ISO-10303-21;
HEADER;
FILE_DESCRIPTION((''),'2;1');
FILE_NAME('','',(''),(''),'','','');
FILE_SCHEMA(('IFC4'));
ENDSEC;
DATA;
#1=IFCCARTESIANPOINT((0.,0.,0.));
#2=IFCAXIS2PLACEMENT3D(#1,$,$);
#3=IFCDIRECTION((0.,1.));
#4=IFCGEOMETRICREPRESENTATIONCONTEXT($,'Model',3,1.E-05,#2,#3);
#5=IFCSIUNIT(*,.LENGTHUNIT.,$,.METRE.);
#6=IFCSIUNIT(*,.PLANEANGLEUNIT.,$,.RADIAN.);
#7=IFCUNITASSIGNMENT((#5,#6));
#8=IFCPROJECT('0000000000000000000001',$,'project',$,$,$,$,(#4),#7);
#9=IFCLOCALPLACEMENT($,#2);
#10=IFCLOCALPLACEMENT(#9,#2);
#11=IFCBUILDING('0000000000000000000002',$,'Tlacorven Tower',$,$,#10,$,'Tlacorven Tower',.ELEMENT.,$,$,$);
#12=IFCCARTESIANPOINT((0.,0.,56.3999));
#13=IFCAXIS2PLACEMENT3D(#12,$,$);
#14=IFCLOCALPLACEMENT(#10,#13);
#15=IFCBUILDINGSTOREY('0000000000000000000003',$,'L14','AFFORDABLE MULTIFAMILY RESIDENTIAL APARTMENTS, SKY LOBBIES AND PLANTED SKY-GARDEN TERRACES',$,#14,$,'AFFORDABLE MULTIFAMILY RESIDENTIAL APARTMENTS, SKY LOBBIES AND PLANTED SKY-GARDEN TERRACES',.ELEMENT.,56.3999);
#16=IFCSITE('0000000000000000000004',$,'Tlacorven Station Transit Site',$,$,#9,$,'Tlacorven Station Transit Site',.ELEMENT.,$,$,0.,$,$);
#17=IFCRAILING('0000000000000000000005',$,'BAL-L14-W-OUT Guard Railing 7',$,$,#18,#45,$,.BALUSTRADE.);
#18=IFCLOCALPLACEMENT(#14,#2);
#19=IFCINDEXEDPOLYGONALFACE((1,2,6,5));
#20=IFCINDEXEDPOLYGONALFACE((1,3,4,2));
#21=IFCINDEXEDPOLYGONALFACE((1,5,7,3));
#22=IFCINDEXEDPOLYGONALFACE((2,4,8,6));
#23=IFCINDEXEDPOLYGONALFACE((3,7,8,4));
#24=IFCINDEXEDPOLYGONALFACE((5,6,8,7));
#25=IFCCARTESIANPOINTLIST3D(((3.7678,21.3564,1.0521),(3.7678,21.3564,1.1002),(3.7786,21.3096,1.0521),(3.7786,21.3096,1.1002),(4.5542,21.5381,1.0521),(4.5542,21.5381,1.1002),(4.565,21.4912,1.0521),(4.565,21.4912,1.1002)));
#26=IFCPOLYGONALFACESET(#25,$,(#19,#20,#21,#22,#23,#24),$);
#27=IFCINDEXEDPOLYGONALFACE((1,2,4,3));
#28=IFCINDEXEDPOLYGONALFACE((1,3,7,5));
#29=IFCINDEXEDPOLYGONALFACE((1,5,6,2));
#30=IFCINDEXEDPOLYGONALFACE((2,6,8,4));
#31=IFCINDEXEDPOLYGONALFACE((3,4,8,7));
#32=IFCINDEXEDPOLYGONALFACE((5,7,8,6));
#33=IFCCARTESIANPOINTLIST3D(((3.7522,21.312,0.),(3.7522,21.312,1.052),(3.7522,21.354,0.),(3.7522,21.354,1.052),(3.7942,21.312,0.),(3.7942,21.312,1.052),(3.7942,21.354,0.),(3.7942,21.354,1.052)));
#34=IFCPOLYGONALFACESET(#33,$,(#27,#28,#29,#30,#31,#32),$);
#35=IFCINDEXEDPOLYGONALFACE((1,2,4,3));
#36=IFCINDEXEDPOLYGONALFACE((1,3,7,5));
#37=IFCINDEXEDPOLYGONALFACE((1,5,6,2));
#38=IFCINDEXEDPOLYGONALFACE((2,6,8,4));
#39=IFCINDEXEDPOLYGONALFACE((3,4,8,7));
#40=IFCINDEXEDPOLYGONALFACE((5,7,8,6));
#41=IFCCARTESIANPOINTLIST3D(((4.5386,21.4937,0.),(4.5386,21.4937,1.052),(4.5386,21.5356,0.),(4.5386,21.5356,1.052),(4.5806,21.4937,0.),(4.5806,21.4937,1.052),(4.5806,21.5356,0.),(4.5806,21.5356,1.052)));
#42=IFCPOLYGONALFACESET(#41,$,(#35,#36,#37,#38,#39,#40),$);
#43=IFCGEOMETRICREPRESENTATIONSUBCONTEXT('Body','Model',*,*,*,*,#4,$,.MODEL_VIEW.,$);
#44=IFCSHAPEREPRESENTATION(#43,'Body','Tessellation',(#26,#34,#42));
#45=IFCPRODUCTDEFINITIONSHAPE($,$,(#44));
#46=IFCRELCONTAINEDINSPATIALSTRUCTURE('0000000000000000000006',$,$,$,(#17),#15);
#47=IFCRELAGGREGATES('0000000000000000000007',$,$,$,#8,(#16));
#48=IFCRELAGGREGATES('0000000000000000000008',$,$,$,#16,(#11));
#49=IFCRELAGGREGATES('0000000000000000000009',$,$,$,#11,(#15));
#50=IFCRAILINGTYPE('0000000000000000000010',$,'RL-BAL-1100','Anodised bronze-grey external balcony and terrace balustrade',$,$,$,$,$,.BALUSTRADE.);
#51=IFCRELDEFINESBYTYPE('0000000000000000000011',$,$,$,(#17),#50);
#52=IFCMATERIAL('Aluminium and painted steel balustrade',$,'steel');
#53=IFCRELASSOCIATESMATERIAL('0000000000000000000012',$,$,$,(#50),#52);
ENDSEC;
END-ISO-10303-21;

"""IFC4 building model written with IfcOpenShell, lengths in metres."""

from ifc_helpers import new_model, si_unit, direction, frame, origin, origin_2d, place, context, subcontext, project, spatial, rectangle, extrude, source, transform, mapped, material, type_object, element, save


model = new_model("IFC4")

# Units and contexts
model_context = context("Model", 3, precision=1e-05, world=origin(), true_north=direction((0.0, 1.0)))
body_context = subcontext(model_context, "Body", "Model", "MODEL_VIEW")
ifc_project = project(units=[si_unit("LENGTHUNIT", "METRE"), si_unit("PLANEANGLEUNIT", "RADIAN")], contexts=[model_context])

# Site, building, storey
site_placement = place(None, origin())
site = spatial("IfcSite", under=ifc_project, at=site_placement, Name="Tlacorven Station Transit Site", LongName="Tlacorven Station Transit Site", CompositionType="ELEMENT", RefElevation=0.0)
building_placement = place(site_placement, origin())
building = spatial("IfcBuilding", under=site, at=building_placement, Name="Tlacorven Tower", LongName="Tlacorven Tower", CompositionType="ELEMENT")
storey_placement = place(building_placement, frame((0.0, 0.0, 56.3999)))
storey = spatial("IfcBuildingStorey", under=building, at=storey_placement, Name="L14", Description="AFFORDABLE MULTIFAMILY RESIDENTIAL APARTMENTS, SKY LOBBIES AND PLANTED SKY-GARDEN TERRACES", LongName="AFFORDABLE MULTIFAMILY RESIDENTIAL APARTMENTS, SKY LOBBIES AND PLANTED SKY-GARDEN TERRACES", CompositionType="ELEMENT", Elevation=56.3999)

# Railing
ifc_material_1 = material(Name="Aluminium and painted steel balustrade", Category="steel")
railing_type = type_object("IfcRailingType", Name="RL-BAL-1100", Description="Anodised bronze-grey external balcony and terrace balustrade", PredefinedType="BALUSTRADE", material=ifc_material_1)
shared_shape_1 = source(origin(), body_context, "Body", "SweptSolid", [
    extrude(rectangle(XDim=0.0481, YDim=0.0481, at=origin_2d()), frame((0.0, 0.0, 1.0762), z_axis=(0.974345, 0.225058, 0.0), x_axis=(-0.225058, 0.974345, 0.0)), (0.0, 0.0, 1.0), 0.8071),
    extrude(rectangle(XDim=0.042, YDim=0.042, at=origin_2d()), origin(), (0.0, 0.0, 1.0), 1.052),
    extrude(rectangle(XDim=0.042, YDim=0.042, at=origin_2d()), frame((0.7864, 0.1816, 0.0)), (0.0, 0.0, 1.0), 1.052),
])
railing_1_placement = place(storey_placement, frame((3.7732, 21.333, 0.0)))
element("IfcRailing", 1, at=railing_1_placement, inside=storey, type_object=railing_type, Name="BAL-L14-W-OUT Guard Railing 7", PredefinedType="BALUSTRADE", context=body_context, shape_type="MappedRepresentation", body=[
    mapped(shared_shape_1, transform((0.0, 0.0, 0.0), scale=1.0)),
])

save(model, "model.ifc")
